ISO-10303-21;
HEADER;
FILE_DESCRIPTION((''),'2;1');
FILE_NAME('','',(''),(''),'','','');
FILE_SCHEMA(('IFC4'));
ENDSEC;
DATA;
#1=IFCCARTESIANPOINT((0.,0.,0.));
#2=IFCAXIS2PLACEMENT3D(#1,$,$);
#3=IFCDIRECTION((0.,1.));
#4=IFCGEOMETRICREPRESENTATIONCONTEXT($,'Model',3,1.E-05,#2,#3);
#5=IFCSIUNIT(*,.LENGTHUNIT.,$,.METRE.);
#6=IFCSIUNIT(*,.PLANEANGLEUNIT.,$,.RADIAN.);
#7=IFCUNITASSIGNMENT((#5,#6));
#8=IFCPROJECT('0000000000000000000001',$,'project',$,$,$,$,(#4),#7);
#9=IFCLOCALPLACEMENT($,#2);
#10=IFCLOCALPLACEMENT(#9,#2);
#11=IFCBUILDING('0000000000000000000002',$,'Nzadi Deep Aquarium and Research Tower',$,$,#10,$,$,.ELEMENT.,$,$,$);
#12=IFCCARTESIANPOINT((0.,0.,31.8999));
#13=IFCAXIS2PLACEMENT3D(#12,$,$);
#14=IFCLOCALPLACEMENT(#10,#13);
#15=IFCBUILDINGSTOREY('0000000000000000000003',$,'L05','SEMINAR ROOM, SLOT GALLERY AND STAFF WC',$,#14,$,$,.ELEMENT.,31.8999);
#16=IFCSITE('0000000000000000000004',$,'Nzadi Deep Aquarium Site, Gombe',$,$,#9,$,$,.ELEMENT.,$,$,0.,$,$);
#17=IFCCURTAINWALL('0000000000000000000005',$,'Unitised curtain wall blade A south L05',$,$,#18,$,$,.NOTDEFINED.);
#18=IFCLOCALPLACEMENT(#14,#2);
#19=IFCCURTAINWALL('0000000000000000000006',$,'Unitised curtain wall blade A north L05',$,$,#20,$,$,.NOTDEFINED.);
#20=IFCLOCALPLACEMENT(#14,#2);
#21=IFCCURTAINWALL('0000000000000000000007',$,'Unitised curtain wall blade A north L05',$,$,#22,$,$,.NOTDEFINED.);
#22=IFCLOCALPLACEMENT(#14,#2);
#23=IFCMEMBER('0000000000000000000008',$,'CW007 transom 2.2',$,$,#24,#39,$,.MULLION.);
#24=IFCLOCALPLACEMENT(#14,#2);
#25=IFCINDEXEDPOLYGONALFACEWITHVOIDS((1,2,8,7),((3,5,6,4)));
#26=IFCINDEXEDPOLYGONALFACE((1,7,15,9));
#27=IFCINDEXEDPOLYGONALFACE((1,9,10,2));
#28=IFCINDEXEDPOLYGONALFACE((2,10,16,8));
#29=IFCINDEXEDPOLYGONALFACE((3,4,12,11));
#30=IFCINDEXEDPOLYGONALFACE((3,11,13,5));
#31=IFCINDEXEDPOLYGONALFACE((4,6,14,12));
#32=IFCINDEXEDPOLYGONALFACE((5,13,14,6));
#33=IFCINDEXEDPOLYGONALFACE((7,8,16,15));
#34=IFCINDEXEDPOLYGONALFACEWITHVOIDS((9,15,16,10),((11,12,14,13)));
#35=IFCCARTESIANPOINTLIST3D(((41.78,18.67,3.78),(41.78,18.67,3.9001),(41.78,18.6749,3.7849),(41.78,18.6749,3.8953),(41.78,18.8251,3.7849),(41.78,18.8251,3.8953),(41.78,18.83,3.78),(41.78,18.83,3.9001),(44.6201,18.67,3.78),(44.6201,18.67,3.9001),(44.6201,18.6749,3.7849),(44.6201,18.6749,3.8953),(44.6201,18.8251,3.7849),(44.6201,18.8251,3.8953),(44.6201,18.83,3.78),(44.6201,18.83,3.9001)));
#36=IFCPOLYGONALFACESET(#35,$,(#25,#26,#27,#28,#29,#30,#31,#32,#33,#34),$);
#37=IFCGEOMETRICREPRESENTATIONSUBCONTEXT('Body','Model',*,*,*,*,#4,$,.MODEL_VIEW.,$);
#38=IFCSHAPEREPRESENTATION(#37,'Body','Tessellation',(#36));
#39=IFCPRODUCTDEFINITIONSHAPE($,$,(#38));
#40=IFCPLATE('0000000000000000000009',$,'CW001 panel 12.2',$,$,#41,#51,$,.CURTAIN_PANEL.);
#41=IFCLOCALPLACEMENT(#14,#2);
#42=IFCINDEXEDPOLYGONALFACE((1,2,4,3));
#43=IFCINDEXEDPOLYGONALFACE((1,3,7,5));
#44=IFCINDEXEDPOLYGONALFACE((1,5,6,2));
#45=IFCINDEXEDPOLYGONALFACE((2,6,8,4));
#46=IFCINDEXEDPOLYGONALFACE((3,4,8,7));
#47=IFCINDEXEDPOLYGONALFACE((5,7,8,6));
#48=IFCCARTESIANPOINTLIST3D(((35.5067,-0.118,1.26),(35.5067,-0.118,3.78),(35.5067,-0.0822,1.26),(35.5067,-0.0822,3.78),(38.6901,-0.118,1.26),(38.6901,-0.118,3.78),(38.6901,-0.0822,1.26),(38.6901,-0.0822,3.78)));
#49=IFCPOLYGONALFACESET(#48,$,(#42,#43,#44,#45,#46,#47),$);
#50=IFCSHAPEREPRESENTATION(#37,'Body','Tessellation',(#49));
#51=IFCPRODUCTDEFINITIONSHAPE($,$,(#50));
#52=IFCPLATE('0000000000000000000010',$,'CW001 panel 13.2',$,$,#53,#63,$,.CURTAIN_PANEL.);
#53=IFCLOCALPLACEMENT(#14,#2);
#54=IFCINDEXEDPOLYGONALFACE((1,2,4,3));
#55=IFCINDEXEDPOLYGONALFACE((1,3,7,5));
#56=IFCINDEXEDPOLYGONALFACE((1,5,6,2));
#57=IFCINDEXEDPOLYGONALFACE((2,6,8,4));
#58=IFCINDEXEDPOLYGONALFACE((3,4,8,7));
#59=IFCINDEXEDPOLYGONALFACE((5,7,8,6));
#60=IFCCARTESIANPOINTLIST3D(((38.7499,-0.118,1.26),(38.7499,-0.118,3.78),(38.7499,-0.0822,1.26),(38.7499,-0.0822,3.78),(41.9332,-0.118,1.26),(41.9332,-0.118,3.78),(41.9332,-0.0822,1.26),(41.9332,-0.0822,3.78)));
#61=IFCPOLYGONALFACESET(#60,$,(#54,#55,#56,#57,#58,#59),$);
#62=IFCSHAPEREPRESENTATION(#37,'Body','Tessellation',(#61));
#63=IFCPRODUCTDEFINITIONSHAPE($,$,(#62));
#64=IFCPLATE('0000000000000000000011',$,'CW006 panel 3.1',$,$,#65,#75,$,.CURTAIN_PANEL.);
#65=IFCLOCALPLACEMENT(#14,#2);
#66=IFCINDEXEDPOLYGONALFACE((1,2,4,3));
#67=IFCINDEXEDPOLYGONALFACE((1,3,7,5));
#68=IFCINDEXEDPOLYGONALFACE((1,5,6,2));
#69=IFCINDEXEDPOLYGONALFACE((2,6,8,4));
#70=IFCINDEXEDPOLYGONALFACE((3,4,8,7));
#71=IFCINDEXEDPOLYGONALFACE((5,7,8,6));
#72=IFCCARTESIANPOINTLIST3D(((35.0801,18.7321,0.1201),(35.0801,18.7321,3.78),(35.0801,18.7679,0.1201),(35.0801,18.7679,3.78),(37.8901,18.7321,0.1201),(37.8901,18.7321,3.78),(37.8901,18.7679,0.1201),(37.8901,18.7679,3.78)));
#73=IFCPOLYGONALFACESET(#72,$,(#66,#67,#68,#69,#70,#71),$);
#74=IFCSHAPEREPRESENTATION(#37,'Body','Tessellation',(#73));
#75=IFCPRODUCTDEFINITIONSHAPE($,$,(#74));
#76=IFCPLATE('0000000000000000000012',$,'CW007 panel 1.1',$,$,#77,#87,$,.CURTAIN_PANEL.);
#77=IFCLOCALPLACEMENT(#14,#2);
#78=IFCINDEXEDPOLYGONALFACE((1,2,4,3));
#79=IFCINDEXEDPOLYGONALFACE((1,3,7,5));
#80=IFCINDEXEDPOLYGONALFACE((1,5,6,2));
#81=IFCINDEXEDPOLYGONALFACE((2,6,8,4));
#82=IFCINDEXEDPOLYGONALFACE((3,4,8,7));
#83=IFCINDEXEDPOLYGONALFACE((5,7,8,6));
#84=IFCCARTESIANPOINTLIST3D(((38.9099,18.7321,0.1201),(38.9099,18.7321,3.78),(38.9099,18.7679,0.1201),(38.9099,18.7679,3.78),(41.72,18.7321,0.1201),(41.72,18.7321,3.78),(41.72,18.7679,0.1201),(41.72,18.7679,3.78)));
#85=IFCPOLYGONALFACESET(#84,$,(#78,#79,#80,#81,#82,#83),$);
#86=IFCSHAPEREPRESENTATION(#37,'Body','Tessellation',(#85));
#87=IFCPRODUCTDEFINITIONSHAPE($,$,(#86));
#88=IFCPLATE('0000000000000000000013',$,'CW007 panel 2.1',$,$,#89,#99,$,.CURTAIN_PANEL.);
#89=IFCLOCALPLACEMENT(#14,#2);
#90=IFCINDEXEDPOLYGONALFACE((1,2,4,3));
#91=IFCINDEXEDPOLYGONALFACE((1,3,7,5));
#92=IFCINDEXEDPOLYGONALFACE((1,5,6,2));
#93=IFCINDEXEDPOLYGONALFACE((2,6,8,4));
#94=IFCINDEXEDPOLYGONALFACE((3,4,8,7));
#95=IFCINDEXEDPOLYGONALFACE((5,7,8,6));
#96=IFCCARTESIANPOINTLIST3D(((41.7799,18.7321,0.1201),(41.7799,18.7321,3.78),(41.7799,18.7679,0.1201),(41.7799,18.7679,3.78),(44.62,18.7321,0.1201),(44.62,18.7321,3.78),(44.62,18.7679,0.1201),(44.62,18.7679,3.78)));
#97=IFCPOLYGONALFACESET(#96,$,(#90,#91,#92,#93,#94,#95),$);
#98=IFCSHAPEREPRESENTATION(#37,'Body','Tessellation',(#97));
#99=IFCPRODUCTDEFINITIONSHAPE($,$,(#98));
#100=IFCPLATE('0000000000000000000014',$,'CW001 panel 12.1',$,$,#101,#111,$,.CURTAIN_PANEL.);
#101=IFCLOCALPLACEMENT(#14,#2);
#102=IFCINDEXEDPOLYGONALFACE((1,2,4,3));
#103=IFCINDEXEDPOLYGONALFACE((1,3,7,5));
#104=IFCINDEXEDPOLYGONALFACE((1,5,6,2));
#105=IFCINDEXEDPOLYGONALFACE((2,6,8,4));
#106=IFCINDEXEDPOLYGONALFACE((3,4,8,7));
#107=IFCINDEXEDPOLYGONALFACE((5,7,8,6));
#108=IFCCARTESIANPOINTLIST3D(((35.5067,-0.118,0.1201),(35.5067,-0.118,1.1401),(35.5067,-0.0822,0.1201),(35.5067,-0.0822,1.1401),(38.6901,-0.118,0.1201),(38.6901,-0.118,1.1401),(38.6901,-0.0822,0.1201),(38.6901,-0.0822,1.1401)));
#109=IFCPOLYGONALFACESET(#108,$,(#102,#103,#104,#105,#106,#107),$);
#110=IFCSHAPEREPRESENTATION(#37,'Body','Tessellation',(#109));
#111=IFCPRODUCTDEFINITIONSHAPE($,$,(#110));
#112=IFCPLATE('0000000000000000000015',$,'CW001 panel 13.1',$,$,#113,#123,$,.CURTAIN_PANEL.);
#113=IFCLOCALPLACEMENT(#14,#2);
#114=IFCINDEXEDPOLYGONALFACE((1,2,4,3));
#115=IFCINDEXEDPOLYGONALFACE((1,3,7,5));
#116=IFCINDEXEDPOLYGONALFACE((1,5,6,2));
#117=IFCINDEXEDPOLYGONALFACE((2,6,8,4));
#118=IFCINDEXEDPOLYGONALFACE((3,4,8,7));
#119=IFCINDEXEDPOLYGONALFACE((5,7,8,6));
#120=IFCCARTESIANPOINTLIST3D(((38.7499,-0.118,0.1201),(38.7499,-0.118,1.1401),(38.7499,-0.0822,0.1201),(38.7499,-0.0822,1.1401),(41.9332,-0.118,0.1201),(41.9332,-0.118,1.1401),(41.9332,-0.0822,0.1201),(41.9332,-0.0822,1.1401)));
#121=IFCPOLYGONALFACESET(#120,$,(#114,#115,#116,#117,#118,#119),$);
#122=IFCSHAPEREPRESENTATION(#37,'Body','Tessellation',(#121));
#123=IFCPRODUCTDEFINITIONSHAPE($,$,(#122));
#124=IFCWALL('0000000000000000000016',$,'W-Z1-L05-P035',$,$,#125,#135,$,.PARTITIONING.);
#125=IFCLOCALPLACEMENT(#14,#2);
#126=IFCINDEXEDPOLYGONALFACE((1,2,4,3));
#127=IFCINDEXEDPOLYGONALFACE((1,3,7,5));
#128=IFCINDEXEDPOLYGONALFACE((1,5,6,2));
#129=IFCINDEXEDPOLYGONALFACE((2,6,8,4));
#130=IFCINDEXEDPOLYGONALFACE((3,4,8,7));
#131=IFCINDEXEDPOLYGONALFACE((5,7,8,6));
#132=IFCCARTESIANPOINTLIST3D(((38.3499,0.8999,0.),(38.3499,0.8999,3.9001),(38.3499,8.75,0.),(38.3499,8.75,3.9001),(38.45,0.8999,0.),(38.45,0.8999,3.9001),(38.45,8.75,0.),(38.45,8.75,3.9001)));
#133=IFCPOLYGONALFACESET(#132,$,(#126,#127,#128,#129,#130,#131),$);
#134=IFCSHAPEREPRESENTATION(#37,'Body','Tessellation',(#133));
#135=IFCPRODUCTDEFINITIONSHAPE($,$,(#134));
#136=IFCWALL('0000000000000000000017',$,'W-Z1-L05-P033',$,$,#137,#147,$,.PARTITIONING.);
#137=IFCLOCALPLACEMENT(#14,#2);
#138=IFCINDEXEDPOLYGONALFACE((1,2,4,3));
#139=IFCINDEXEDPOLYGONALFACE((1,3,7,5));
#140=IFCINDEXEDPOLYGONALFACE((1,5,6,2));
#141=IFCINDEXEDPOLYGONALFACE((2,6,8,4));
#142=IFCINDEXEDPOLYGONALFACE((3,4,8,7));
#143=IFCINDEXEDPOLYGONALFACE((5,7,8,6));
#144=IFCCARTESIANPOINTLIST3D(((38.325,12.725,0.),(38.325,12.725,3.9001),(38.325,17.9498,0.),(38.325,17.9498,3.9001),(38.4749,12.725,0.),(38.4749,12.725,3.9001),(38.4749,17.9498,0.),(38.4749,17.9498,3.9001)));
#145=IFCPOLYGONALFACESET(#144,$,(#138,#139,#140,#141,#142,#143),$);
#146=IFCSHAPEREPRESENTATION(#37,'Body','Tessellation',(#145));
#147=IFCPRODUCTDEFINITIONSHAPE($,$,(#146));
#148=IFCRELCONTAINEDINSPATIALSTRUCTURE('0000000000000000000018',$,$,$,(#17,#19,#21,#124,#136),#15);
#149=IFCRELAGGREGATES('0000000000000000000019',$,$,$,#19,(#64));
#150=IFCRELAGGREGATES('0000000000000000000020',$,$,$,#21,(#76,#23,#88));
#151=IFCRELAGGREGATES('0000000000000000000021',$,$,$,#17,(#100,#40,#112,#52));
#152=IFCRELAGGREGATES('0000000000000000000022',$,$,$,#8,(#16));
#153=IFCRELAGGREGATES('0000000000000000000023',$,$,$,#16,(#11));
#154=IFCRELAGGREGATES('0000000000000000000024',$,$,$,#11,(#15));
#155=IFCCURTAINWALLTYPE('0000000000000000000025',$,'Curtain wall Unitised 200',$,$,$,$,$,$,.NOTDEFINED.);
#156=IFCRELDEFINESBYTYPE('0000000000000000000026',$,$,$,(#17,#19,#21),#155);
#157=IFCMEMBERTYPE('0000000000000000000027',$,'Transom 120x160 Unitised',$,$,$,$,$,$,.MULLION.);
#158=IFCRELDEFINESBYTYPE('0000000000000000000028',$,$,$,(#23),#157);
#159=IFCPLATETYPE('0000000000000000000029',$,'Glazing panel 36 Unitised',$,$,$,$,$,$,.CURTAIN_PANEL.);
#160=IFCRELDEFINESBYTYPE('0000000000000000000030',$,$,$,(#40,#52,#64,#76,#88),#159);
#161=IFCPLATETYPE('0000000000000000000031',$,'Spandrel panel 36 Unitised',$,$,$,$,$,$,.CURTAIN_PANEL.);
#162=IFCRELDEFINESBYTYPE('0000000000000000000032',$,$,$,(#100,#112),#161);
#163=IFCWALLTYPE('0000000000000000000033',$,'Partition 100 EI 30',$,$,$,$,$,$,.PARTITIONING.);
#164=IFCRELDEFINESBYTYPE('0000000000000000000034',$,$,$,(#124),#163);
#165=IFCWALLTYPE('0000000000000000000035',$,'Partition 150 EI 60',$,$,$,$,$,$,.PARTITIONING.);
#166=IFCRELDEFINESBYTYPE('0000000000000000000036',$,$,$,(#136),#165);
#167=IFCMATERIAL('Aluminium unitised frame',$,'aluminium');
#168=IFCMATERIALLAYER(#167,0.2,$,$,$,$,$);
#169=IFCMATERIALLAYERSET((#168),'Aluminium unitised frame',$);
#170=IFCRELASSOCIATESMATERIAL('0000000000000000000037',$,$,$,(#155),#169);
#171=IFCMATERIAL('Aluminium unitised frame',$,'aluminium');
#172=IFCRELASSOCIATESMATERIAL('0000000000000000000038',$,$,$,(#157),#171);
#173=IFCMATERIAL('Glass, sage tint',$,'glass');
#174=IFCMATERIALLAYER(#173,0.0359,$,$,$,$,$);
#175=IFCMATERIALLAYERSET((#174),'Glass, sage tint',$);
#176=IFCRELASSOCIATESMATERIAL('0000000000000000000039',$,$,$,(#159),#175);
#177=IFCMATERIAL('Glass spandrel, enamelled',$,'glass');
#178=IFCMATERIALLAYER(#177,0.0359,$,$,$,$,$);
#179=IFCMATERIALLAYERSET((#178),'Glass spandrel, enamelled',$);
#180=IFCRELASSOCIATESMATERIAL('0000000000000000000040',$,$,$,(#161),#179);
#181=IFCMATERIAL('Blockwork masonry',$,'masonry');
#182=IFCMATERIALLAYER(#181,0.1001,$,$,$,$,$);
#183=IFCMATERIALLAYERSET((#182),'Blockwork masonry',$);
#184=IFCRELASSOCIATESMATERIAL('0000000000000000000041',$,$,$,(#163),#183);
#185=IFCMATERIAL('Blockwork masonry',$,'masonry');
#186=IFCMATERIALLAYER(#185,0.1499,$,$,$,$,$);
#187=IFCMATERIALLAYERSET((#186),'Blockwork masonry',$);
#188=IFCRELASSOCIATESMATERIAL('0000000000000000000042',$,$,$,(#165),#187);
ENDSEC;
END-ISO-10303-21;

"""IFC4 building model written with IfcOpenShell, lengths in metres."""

from ifc_helpers import new_model, si_unit, direction, frame, frame_2d, origin, origin_2d, place, context, subcontext, project, spatial, rectangle, hollow_rectangle, extrude, material, layer, layer_set, material_profile, profile_set, type_object, element, aggregate, save


model = new_model("IFC4")

# Units and contexts
model_context = context("Model", 3, precision=1e-05, world=origin(), true_north=direction((0.0, 1.0)))
body_context = subcontext(model_context, "Body", "Model", "MODEL_VIEW")
ifc_project = project(units=[si_unit("LENGTHUNIT", "METRE"), si_unit("PLANEANGLEUNIT", "RADIAN")], contexts=[model_context])

# Site, building, storey
site_placement = place(None, origin())
site = spatial("IfcSite", under=ifc_project, at=site_placement, Name="Nzadi Deep Aquarium Site, Gombe", CompositionType="ELEMENT", RefElevation=0.0)
building_placement = place(site_placement, origin())
building = spatial("IfcBuilding", under=site, at=building_placement, Name="Nzadi Deep Aquarium and Research Tower", CompositionType="ELEMENT")
storey_placement = place(building_placement, frame((0.0, 0.0, 31.8999)))
storey = spatial("IfcBuildingStorey", under=building, at=storey_placement, Name="L05", Description="SEMINAR ROOM, SLOT GALLERY AND STAFF WC", CompositionType="ELEMENT", Elevation=31.8999)

# Curtain wall
ifc_material_1 = material(Name="Aluminium unitised frame", Category="aluminium")
ifc_layer_1 = layer(ifc_material_1, 0.2)
ifc_layer_set_1 = layer_set([ifc_layer_1], Name="Aluminium unitised frame")
curtain_wall_type = type_object("IfcCurtainWallType", Name="Curtain wall Unitised 200", PredefinedType="NOTDEFINED", material=ifc_layer_set_1)
curtain_wall_1_placement = place(storey_placement, origin())
curtain_wall_1 = element("IfcCurtainWall", 1, at=curtain_wall_1_placement, inside=storey, type_object=curtain_wall_type, Name="Unitised curtain wall blade A south L05", PredefinedType="NOTDEFINED")

# Curtain wall
curtain_wall_2_placement = place(storey_placement, origin())
curtain_wall_2 = element("IfcCurtainWall", 2, at=curtain_wall_2_placement, inside=storey, type_object=curtain_wall_type, Name="Unitised curtain wall blade A north L05", PredefinedType="NOTDEFINED")

# Curtain wall
curtain_wall_3_placement = place(storey_placement, origin())
curtain_wall_3 = element("IfcCurtainWall", 3, at=curtain_wall_3_placement, inside=storey, type_object=curtain_wall_type, Name="Unitised curtain wall blade A north L05", PredefinedType="NOTDEFINED")

# Member
ifc_material_2 = material(Name="Aluminium unitised frame", Category="aluminium")
ifc_material_profile_1 = material_profile(ifc_material_2, hollow_rectangle(XDim=0.1599, YDim=0.1201, WallThickness=0.0049, at=origin_2d()))
ifc_profile_set_1 = profile_set([ifc_material_profile_1], Name="Aluminium unitised frame")
member_type_1 = type_object("IfcMemberType", Name="Transom 120x160 Unitised", PredefinedType="MULLION", material=ifc_profile_set_1)
member_1_placement = place(storey_placement, frame((41.78, 18.75, 3.8401), z_axis=(1.0, 0.0, 0.0), x_axis=(0.0, 1.0, 0.0)))
member_1 = element("IfcMember", 4, at=member_1_placement, type_object=member_type_1, Name="CW007 transom 2.2", PredefinedType="MULLION", context=body_context, shape_type="SweptSolid", body=[
    extrude(hollow_rectangle(XDim=0.1599, YDim=0.1201, WallThickness=0.0049, at=origin_2d()), origin(), (0.0, 0.0, 1.0), 2.8401),
])

# Plates
ifc_material_3 = material(Name="Glass, sage tint", Category="glass")
ifc_layer_2 = layer(ifc_material_3, 0.0359)
ifc_layer_set_2 = layer_set([ifc_layer_2], Name="Glass, sage tint")
plate_type_1 = type_object("IfcPlateType", Name="Glazing panel 36 Unitised", PredefinedType="CURTAIN_PANEL", material=ifc_layer_set_2)
plate_1_placement = place(storey_placement, frame((37.0984, -0.1001, 1.26), z_axis=(0.0, 0.0, 1.0), x_axis=(1.0, 0.0, 0.0)))
plate_1 = element("IfcPlate", 5, at=plate_1_placement, type_object=plate_type_1, Name="CW001 panel 12.2", PredefinedType="CURTAIN_PANEL", context=body_context, shape_type="SweptSolid", body=[
    extrude(rectangle(XDim=3.1833, YDim=0.0359, at=origin_2d()), origin(), (0.0, 0.0, 1.0), 2.52),
])
plate_2_placement = place(storey_placement, frame((40.3416, -0.1001, 1.26), z_axis=(0.0, 0.0, 1.0), x_axis=(1.0, 0.0, 0.0)))
plate_2 = element("IfcPlate", 6, at=plate_2_placement, type_object=plate_type_1, Name="CW001 panel 13.2", PredefinedType="CURTAIN_PANEL", context=body_context, shape_type="SweptSolid", body=[
    extrude(rectangle(XDim=3.1833, YDim=0.0359, at=origin_2d()), origin(), (0.0, 0.0, 1.0), 2.52),
])
plate_3_placement = place(storey_placement, frame((36.4851, 18.75, 0.1201), z_axis=(0.0, 0.0, 1.0), x_axis=(1.0, 0.0, 0.0)))
plate_3 = element("IfcPlate", 7, at=plate_3_placement, type_object=plate_type_1, Name="CW006 panel 3.1", PredefinedType="CURTAIN_PANEL", context=body_context, shape_type="SweptSolid", body=[
    extrude(rectangle(XDim=2.8101, YDim=0.0359, at=origin_2d()), origin(), (0.0, 0.0, 1.0), 3.6599),
])
aggregate(curtain_wall_2, [plate_3])
plate_4_placement = place(storey_placement, frame((40.3149, 18.75, 0.1201), z_axis=(0.0, 0.0, 1.0), x_axis=(1.0, 0.0, 0.0)))
plate_4 = element("IfcPlate", 8, at=plate_4_placement, type_object=plate_type_1, Name="CW007 panel 1.1", PredefinedType="CURTAIN_PANEL", context=body_context, shape_type="SweptSolid", body=[
    extrude(rectangle(XDim=2.8101, YDim=0.0359, at=origin_2d()), origin(), (0.0, 0.0, 1.0), 3.6599),
])
plate_5_placement = place(storey_placement, frame((43.2, 18.75, 0.1201), z_axis=(0.0, 0.0, 1.0), x_axis=(1.0, 0.0, 0.0)))
plate_5 = element("IfcPlate", 9, at=plate_5_placement, type_object=plate_type_1, Name="CW007 panel 2.1", PredefinedType="CURTAIN_PANEL", context=body_context, shape_type="SweptSolid", body=[
    extrude(rectangle(XDim=2.8401, YDim=0.0359, at=origin_2d()), origin(), (0.0, 0.0, 1.0), 3.6599),
])
aggregate(curtain_wall_3, [plate_4, member_1, plate_5])
ifc_material_4 = material(Name="Glass spandrel, enamelled", Category="glass")
ifc_layer_3 = layer(ifc_material_4, 0.0359)
ifc_layer_set_3 = layer_set([ifc_layer_3], Name="Glass spandrel, enamelled")
plate_type_2 = type_object("IfcPlateType", Name="Spandrel panel 36 Unitised", PredefinedType="CURTAIN_PANEL", material=ifc_layer_set_3)
plate_6_placement = place(storey_placement, frame((37.0984, -0.1001, 0.1201), z_axis=(0.0, 0.0, 1.0), x_axis=(1.0, 0.0, 0.0)))
plate_6 = element("IfcPlate", 10, at=plate_6_placement, type_object=plate_type_2, Name="CW001 panel 12.1", PredefinedType="CURTAIN_PANEL", context=body_context, shape_type="SweptSolid", body=[
    extrude(rectangle(XDim=3.1833, YDim=0.0359, at=origin_2d()), origin(), (0.0, 0.0, 1.0), 1.02),
])
plate_7_placement = place(storey_placement, frame((40.3416, -0.1001, 0.1201), z_axis=(0.0, 0.0, 1.0), x_axis=(1.0, 0.0, 0.0)))
plate_7 = element("IfcPlate", 11, at=plate_7_placement, type_object=plate_type_2, Name="CW001 panel 13.1", PredefinedType="CURTAIN_PANEL", context=body_context, shape_type="SweptSolid", body=[
    extrude(rectangle(XDim=3.1833, YDim=0.0359, at=origin_2d()), origin(), (0.0, 0.0, 1.0), 1.02),
])
aggregate(curtain_wall_1, [plate_6, plate_1, plate_7, plate_2])

# Walls
ifc_material_5 = material(Name="Blockwork masonry", Category="masonry")
ifc_layer_4 = layer(ifc_material_5, 0.1001)
ifc_layer_set_4 = layer_set([ifc_layer_4], Name="Blockwork masonry")
wall_type_1 = type_object("IfcWallType", Name="Partition 100 EI 30", PredefinedType="PARTITIONING", material=ifc_layer_set_4)
wall_1_placement = place(storey_placement, frame((38.3999, 0.8999, 0.0), z_axis=(0.0, 0.0, 1.0), x_axis=(0.0, 1.0, 0.0)))
element("IfcWall", 12, at=wall_1_placement, inside=storey, type_object=wall_type_1, Name="W-Z1-L05-P035", PredefinedType="PARTITIONING", context=body_context, shape_type="SweptSolid", body=[
    extrude(rectangle(XDim=7.8501, YDim=0.1001, at=frame_2d((3.925, 0.0))), origin(), (0.0, 0.0, 1.0), 3.9001),
])
ifc_material_6 = material(Name="Blockwork masonry", Category="masonry")
ifc_layer_5 = layer(ifc_material_6, 0.1499)
ifc_layer_set_5 = layer_set([ifc_layer_5], Name="Blockwork masonry")
wall_type_2 = type_object("IfcWallType", Name="Partition 150 EI 60", PredefinedType="PARTITIONING", material=ifc_layer_set_5)
wall_2_placement = place(storey_placement, frame((38.3999, 12.7251, 0.0), z_axis=(0.0, 0.0, 1.0), x_axis=(0.0, 1.0, 0.0)))
element("IfcWall", 13, at=wall_2_placement, inside=storey, type_object=wall_type_2, Name="W-Z1-L05-P033", PredefinedType="PARTITIONING", context=body_context, shape_type="SweptSolid", body=[
    extrude(rectangle(XDim=5.2249, YDim=0.1499, at=frame_2d((2.6123, 0.0))), origin(), (0.0, 0.0, 1.0), 3.9001),
])

save(model, "model.ifc")
